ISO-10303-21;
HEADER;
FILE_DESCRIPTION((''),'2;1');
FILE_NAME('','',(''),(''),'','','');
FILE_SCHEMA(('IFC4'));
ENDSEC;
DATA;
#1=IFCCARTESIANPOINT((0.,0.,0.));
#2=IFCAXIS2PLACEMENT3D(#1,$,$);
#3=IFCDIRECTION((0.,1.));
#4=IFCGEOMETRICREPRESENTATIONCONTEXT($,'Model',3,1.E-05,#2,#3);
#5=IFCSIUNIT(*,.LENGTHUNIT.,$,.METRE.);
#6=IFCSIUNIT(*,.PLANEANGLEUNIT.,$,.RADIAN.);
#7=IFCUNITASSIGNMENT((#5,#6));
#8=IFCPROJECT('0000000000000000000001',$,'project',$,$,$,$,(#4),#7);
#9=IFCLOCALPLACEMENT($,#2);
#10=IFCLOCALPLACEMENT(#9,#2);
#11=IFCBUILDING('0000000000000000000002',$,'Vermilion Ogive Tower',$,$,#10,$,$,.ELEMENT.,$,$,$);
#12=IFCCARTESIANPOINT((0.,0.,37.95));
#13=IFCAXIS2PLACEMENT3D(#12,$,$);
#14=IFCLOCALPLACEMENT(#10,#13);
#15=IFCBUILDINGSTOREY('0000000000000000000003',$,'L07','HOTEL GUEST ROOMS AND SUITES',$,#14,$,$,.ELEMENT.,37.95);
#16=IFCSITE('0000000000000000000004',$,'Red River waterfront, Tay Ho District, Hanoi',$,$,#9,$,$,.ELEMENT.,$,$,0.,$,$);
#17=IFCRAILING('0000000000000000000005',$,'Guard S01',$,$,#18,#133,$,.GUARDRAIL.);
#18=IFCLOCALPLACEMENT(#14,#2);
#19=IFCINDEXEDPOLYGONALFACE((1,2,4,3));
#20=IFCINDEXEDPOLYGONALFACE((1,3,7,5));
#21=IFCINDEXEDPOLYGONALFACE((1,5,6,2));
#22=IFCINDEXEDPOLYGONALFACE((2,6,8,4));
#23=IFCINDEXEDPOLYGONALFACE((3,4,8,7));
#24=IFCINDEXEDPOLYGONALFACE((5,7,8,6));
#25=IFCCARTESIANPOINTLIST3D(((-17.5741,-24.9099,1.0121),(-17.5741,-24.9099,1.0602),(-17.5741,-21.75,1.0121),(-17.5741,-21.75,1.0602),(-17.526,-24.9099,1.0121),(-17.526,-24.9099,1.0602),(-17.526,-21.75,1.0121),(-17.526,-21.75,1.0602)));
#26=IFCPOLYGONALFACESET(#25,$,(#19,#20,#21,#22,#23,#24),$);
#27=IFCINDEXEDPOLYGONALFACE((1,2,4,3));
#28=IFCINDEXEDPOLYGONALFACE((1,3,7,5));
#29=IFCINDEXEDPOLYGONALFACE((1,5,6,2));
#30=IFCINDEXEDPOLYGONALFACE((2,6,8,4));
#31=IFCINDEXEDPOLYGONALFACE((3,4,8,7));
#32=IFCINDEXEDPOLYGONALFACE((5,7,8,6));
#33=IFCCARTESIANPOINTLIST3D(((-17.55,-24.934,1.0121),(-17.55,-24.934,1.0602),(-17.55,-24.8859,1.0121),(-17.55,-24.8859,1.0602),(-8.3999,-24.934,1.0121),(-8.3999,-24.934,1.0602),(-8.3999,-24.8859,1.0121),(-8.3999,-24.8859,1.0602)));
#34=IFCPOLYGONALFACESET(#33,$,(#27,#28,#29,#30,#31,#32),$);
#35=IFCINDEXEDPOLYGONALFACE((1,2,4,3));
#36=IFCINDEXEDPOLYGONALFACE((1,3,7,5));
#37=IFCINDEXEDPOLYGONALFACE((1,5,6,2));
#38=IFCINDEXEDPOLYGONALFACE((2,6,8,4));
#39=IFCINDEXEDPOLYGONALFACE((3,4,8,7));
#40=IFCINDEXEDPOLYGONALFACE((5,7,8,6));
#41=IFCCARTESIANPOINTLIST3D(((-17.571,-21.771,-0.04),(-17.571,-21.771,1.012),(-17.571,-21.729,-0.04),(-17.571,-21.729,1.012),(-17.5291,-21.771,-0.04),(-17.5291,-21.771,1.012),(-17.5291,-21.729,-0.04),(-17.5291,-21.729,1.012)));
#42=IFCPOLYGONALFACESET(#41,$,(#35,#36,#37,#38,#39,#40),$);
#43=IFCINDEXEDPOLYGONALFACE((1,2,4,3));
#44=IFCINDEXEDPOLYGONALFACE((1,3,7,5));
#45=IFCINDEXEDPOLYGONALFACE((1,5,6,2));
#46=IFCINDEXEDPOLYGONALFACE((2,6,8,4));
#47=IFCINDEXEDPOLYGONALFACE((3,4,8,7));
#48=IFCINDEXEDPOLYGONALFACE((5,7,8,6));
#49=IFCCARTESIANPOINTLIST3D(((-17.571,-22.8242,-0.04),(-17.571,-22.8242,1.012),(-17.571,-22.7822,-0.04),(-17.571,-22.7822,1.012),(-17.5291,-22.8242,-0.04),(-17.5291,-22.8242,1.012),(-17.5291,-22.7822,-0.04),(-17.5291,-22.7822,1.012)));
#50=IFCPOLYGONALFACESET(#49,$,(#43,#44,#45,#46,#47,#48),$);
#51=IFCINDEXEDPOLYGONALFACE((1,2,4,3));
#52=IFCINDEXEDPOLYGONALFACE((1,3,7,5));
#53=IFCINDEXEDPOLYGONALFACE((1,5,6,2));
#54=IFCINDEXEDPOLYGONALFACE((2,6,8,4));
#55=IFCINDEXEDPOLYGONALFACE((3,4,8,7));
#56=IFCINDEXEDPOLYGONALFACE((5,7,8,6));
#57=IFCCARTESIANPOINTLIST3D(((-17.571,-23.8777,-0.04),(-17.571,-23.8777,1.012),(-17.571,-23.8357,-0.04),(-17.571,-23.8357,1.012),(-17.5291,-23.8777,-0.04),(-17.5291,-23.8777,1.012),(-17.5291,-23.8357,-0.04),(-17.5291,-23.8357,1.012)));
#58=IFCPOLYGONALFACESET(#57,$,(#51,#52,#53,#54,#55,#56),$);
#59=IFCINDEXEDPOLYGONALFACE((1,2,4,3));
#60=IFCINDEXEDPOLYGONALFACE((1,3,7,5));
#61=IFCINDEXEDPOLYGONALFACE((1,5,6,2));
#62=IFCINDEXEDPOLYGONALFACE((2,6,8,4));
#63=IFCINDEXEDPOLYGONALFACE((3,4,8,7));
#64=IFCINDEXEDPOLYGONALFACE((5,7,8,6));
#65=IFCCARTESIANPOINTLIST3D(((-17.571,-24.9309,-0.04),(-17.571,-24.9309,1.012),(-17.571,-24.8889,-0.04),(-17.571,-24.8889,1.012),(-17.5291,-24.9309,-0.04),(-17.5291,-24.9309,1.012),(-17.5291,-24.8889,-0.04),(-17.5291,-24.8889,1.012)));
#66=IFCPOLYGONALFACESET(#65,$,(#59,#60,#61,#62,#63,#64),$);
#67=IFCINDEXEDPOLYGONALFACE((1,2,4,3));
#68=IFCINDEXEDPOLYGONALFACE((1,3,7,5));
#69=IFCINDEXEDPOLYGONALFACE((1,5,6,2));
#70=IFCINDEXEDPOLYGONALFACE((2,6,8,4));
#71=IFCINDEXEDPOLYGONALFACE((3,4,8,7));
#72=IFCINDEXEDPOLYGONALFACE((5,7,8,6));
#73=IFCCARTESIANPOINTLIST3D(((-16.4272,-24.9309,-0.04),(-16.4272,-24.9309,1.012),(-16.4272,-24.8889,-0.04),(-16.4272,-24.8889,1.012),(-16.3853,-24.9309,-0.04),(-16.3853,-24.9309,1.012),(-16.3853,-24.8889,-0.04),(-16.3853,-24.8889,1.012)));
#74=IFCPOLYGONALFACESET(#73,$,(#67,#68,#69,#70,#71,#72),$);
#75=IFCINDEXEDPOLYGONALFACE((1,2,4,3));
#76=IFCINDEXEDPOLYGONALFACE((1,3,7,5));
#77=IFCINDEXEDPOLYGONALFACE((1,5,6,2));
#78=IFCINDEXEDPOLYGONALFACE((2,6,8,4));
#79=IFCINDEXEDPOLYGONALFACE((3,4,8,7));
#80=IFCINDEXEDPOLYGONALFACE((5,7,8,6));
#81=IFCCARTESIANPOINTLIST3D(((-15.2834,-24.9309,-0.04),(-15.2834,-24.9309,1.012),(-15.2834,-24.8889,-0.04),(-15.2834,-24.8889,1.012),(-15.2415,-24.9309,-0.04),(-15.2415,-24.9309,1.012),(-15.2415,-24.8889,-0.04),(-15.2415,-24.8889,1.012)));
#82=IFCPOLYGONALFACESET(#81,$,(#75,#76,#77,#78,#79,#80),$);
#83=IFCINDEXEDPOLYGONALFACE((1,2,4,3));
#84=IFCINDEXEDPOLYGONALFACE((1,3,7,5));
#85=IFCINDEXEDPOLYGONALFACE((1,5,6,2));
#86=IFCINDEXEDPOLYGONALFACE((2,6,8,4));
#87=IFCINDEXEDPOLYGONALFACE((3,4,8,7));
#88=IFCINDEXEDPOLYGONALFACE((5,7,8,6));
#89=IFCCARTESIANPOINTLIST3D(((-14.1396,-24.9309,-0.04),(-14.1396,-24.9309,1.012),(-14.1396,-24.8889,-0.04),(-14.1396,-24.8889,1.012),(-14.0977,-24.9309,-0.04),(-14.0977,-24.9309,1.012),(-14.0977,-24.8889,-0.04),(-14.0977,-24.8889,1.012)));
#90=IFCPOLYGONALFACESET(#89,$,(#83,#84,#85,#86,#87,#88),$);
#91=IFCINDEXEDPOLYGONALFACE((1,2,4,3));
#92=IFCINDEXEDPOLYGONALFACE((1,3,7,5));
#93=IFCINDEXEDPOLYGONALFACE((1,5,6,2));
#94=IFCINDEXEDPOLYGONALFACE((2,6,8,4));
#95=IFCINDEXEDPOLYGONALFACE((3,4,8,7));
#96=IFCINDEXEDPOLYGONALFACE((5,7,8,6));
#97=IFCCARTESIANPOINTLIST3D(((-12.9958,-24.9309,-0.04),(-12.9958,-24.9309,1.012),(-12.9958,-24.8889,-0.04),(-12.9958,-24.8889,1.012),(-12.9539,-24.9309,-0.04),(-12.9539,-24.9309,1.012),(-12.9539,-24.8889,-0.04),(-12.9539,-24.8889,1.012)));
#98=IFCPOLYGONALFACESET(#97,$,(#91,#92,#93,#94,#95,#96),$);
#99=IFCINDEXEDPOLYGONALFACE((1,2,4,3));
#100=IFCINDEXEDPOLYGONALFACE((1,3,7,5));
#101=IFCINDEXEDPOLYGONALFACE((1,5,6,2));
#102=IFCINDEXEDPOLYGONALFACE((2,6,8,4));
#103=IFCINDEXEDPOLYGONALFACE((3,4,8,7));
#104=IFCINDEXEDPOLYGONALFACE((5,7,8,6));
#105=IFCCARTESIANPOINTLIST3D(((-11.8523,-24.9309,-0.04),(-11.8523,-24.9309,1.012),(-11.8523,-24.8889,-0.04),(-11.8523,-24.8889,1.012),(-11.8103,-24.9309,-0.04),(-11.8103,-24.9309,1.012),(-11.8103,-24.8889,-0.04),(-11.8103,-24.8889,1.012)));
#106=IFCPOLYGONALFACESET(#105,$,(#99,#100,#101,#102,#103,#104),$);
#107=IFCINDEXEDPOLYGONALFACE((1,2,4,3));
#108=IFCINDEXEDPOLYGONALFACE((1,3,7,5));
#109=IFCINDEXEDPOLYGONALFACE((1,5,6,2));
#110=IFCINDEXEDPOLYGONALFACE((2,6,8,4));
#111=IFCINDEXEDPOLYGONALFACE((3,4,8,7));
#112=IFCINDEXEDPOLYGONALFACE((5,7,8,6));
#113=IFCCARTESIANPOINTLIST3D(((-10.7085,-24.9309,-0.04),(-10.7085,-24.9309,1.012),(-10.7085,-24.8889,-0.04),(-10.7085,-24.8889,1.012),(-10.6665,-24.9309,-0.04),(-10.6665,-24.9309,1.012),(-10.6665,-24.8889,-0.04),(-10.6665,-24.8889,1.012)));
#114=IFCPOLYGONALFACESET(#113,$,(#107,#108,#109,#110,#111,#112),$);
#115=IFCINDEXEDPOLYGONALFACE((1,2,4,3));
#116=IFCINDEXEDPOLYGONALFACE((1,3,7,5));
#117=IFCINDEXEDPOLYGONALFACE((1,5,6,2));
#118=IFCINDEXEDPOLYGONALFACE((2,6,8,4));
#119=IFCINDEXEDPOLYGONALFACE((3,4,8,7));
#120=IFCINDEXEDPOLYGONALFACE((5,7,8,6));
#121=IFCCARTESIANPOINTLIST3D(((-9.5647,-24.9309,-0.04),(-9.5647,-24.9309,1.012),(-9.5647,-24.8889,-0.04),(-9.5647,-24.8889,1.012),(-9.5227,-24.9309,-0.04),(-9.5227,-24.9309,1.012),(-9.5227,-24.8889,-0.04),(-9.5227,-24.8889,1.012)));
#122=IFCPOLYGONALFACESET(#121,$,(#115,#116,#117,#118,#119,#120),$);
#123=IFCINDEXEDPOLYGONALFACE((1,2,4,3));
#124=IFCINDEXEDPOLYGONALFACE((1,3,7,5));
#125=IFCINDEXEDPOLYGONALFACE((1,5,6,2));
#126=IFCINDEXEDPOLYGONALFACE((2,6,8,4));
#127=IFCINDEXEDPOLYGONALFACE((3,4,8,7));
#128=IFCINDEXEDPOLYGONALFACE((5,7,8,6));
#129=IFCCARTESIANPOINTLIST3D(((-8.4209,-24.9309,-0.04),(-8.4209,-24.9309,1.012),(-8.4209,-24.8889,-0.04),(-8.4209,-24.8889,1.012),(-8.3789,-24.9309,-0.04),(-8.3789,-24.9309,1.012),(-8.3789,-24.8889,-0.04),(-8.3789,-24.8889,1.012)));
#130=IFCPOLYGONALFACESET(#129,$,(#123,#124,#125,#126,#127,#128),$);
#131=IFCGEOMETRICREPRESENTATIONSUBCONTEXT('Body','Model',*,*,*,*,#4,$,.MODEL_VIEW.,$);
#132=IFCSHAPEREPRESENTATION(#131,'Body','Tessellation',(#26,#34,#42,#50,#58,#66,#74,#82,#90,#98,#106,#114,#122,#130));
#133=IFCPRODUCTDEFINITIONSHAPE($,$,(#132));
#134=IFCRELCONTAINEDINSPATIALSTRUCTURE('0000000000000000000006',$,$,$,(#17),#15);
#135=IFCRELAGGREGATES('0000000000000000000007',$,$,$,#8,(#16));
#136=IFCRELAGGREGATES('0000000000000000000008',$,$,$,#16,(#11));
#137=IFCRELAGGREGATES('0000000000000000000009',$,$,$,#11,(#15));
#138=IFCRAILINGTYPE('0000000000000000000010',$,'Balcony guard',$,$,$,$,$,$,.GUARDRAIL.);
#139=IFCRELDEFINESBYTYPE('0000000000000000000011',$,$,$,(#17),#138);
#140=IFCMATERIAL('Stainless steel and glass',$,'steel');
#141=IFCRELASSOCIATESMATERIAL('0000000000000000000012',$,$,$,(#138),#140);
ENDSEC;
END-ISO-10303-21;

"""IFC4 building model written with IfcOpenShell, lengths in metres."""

from ifc_helpers import new_model, si_unit, direction, frame, origin, origin_2d, place, context, subcontext, project, spatial, rectangle, extrude, material, type_object, element, save


model = new_model("IFC4")

# Units and contexts
model_context = context("Model", 3, precision=1e-05, world=origin(), true_north=direction((0.0, 1.0)))
body_context = subcontext(model_context, "Body", "Model", "MODEL_VIEW")
ifc_project = project(units=[si_unit("LENGTHUNIT", "METRE"), si_unit("PLANEANGLEUNIT", "RADIAN")], contexts=[model_context])

# Site, building, storey
site_placement = place(None, origin())
site = spatial("IfcSite", under=ifc_project, at=site_placement, Name="Red River waterfront, Tay Ho District, Hanoi", CompositionType="ELEMENT", RefElevation=0.0)
building_placement = place(site_placement, origin())
building = spatial("IfcBuilding", under=site, at=building_placement, Name="Vermilion Ogive Tower", CompositionType="ELEMENT")
storey_placement = place(building_placement, frame((0.0, 0.0, 37.95)))
storey = spatial("IfcBuildingStorey", under=building, at=storey_placement, Name="L07", Description="HOTEL GUEST ROOMS AND SUITES", CompositionType="ELEMENT", Elevation=37.95)

# Railing
ifc_material_1 = material(Name="Stainless steel and glass", Category="steel")
railing_type = type_object("IfcRailingType", Name="Balcony guard", PredefinedType="GUARDRAIL", material=ifc_material_1)
railing_placement = place(storey_placement, frame((-17.55, -21.75, -0.04)))
element("IfcRailing", 1, at=railing_placement, inside=storey, type_object=railing_type, Name="Guard S01", PredefinedType="GUARDRAIL", context=body_context, shape_type="SweptSolid", body=[
    extrude(rectangle(XDim=0.0481, YDim=0.0481, at=origin_2d()), frame((0.0, 0.0, 1.0762), z_axis=(0.0, -1.0, 0.0), x_axis=(1.0, 0.0, 0.0)), (0.0, 0.0, 1.0), 3.1599),
    extrude(rectangle(XDim=0.0481, YDim=0.0481, at=origin_2d()), frame((0.0, -3.1599, 1.0762), z_axis=(1.0, 0.0, 0.0), x_axis=(0.0, 1.0, 0.0)), (0.0, 0.0, 1.0), 9.1501),
    extrude(rectangle(XDim=0.042, YDim=0.042, at=origin_2d()), origin(), (0.0, 0.0, 1.0), 1.052),
    extrude(rectangle(XDim=0.042, YDim=0.042, at=origin_2d()), frame((0.0, -1.0532, 0.0)), (0.0, 0.0, 1.0), 1.052),
    extrude(rectangle(XDim=0.042, YDim=0.042, at=origin_2d()), frame((0.0, -2.1067, 0.0)), (0.0, 0.0, 1.0), 1.052),
    extrude(rectangle(XDim=0.042, YDim=0.042, at=origin_2d()), frame((0.0, -3.1599, 0.0)), (0.0, 0.0, 1.0), 1.052),
    extrude(rectangle(XDim=0.042, YDim=0.042, at=origin_2d()), frame((1.1438, -3.1599, 0.0)), (0.0, 0.0, 1.0), 1.052),
    extrude(rectangle(XDim=0.042, YDim=0.042, at=origin_2d()), frame((2.2876, -3.1599, 0.0)), (0.0, 0.0, 1.0), 1.052),
    extrude(rectangle(XDim=0.042, YDim=0.042, at=origin_2d()), frame((3.4314, -3.1599, 0.0)), (0.0, 0.0, 1.0), 1.052),
    extrude(rectangle(XDim=0.042, YDim=0.042, at=origin_2d()), frame((4.5752, -3.1599, 0.0)), (0.0, 0.0, 1.0), 1.052),
    extrude(rectangle(XDim=0.042, YDim=0.042, at=origin_2d()), frame((5.7188, -3.1599, 0.0)), (0.0, 0.0, 1.0), 1.052),
    extrude(rectangle(XDim=0.042, YDim=0.042, at=origin_2d()), frame((6.8625, -3.1599, 0.0)), (0.0, 0.0, 1.0), 1.052),
    extrude(rectangle(XDim=0.042, YDim=0.042, at=origin_2d()), frame((8.0063, -3.1599, 0.0)), (0.0, 0.0, 1.0), 1.052),
    extrude(rectangle(XDim=0.042, YDim=0.042, at=origin_2d()), frame((9.1501, -3.1599, 0.0)), (0.0, 0.0, 1.0), 1.052),
])

save(model, "model.ifc")
